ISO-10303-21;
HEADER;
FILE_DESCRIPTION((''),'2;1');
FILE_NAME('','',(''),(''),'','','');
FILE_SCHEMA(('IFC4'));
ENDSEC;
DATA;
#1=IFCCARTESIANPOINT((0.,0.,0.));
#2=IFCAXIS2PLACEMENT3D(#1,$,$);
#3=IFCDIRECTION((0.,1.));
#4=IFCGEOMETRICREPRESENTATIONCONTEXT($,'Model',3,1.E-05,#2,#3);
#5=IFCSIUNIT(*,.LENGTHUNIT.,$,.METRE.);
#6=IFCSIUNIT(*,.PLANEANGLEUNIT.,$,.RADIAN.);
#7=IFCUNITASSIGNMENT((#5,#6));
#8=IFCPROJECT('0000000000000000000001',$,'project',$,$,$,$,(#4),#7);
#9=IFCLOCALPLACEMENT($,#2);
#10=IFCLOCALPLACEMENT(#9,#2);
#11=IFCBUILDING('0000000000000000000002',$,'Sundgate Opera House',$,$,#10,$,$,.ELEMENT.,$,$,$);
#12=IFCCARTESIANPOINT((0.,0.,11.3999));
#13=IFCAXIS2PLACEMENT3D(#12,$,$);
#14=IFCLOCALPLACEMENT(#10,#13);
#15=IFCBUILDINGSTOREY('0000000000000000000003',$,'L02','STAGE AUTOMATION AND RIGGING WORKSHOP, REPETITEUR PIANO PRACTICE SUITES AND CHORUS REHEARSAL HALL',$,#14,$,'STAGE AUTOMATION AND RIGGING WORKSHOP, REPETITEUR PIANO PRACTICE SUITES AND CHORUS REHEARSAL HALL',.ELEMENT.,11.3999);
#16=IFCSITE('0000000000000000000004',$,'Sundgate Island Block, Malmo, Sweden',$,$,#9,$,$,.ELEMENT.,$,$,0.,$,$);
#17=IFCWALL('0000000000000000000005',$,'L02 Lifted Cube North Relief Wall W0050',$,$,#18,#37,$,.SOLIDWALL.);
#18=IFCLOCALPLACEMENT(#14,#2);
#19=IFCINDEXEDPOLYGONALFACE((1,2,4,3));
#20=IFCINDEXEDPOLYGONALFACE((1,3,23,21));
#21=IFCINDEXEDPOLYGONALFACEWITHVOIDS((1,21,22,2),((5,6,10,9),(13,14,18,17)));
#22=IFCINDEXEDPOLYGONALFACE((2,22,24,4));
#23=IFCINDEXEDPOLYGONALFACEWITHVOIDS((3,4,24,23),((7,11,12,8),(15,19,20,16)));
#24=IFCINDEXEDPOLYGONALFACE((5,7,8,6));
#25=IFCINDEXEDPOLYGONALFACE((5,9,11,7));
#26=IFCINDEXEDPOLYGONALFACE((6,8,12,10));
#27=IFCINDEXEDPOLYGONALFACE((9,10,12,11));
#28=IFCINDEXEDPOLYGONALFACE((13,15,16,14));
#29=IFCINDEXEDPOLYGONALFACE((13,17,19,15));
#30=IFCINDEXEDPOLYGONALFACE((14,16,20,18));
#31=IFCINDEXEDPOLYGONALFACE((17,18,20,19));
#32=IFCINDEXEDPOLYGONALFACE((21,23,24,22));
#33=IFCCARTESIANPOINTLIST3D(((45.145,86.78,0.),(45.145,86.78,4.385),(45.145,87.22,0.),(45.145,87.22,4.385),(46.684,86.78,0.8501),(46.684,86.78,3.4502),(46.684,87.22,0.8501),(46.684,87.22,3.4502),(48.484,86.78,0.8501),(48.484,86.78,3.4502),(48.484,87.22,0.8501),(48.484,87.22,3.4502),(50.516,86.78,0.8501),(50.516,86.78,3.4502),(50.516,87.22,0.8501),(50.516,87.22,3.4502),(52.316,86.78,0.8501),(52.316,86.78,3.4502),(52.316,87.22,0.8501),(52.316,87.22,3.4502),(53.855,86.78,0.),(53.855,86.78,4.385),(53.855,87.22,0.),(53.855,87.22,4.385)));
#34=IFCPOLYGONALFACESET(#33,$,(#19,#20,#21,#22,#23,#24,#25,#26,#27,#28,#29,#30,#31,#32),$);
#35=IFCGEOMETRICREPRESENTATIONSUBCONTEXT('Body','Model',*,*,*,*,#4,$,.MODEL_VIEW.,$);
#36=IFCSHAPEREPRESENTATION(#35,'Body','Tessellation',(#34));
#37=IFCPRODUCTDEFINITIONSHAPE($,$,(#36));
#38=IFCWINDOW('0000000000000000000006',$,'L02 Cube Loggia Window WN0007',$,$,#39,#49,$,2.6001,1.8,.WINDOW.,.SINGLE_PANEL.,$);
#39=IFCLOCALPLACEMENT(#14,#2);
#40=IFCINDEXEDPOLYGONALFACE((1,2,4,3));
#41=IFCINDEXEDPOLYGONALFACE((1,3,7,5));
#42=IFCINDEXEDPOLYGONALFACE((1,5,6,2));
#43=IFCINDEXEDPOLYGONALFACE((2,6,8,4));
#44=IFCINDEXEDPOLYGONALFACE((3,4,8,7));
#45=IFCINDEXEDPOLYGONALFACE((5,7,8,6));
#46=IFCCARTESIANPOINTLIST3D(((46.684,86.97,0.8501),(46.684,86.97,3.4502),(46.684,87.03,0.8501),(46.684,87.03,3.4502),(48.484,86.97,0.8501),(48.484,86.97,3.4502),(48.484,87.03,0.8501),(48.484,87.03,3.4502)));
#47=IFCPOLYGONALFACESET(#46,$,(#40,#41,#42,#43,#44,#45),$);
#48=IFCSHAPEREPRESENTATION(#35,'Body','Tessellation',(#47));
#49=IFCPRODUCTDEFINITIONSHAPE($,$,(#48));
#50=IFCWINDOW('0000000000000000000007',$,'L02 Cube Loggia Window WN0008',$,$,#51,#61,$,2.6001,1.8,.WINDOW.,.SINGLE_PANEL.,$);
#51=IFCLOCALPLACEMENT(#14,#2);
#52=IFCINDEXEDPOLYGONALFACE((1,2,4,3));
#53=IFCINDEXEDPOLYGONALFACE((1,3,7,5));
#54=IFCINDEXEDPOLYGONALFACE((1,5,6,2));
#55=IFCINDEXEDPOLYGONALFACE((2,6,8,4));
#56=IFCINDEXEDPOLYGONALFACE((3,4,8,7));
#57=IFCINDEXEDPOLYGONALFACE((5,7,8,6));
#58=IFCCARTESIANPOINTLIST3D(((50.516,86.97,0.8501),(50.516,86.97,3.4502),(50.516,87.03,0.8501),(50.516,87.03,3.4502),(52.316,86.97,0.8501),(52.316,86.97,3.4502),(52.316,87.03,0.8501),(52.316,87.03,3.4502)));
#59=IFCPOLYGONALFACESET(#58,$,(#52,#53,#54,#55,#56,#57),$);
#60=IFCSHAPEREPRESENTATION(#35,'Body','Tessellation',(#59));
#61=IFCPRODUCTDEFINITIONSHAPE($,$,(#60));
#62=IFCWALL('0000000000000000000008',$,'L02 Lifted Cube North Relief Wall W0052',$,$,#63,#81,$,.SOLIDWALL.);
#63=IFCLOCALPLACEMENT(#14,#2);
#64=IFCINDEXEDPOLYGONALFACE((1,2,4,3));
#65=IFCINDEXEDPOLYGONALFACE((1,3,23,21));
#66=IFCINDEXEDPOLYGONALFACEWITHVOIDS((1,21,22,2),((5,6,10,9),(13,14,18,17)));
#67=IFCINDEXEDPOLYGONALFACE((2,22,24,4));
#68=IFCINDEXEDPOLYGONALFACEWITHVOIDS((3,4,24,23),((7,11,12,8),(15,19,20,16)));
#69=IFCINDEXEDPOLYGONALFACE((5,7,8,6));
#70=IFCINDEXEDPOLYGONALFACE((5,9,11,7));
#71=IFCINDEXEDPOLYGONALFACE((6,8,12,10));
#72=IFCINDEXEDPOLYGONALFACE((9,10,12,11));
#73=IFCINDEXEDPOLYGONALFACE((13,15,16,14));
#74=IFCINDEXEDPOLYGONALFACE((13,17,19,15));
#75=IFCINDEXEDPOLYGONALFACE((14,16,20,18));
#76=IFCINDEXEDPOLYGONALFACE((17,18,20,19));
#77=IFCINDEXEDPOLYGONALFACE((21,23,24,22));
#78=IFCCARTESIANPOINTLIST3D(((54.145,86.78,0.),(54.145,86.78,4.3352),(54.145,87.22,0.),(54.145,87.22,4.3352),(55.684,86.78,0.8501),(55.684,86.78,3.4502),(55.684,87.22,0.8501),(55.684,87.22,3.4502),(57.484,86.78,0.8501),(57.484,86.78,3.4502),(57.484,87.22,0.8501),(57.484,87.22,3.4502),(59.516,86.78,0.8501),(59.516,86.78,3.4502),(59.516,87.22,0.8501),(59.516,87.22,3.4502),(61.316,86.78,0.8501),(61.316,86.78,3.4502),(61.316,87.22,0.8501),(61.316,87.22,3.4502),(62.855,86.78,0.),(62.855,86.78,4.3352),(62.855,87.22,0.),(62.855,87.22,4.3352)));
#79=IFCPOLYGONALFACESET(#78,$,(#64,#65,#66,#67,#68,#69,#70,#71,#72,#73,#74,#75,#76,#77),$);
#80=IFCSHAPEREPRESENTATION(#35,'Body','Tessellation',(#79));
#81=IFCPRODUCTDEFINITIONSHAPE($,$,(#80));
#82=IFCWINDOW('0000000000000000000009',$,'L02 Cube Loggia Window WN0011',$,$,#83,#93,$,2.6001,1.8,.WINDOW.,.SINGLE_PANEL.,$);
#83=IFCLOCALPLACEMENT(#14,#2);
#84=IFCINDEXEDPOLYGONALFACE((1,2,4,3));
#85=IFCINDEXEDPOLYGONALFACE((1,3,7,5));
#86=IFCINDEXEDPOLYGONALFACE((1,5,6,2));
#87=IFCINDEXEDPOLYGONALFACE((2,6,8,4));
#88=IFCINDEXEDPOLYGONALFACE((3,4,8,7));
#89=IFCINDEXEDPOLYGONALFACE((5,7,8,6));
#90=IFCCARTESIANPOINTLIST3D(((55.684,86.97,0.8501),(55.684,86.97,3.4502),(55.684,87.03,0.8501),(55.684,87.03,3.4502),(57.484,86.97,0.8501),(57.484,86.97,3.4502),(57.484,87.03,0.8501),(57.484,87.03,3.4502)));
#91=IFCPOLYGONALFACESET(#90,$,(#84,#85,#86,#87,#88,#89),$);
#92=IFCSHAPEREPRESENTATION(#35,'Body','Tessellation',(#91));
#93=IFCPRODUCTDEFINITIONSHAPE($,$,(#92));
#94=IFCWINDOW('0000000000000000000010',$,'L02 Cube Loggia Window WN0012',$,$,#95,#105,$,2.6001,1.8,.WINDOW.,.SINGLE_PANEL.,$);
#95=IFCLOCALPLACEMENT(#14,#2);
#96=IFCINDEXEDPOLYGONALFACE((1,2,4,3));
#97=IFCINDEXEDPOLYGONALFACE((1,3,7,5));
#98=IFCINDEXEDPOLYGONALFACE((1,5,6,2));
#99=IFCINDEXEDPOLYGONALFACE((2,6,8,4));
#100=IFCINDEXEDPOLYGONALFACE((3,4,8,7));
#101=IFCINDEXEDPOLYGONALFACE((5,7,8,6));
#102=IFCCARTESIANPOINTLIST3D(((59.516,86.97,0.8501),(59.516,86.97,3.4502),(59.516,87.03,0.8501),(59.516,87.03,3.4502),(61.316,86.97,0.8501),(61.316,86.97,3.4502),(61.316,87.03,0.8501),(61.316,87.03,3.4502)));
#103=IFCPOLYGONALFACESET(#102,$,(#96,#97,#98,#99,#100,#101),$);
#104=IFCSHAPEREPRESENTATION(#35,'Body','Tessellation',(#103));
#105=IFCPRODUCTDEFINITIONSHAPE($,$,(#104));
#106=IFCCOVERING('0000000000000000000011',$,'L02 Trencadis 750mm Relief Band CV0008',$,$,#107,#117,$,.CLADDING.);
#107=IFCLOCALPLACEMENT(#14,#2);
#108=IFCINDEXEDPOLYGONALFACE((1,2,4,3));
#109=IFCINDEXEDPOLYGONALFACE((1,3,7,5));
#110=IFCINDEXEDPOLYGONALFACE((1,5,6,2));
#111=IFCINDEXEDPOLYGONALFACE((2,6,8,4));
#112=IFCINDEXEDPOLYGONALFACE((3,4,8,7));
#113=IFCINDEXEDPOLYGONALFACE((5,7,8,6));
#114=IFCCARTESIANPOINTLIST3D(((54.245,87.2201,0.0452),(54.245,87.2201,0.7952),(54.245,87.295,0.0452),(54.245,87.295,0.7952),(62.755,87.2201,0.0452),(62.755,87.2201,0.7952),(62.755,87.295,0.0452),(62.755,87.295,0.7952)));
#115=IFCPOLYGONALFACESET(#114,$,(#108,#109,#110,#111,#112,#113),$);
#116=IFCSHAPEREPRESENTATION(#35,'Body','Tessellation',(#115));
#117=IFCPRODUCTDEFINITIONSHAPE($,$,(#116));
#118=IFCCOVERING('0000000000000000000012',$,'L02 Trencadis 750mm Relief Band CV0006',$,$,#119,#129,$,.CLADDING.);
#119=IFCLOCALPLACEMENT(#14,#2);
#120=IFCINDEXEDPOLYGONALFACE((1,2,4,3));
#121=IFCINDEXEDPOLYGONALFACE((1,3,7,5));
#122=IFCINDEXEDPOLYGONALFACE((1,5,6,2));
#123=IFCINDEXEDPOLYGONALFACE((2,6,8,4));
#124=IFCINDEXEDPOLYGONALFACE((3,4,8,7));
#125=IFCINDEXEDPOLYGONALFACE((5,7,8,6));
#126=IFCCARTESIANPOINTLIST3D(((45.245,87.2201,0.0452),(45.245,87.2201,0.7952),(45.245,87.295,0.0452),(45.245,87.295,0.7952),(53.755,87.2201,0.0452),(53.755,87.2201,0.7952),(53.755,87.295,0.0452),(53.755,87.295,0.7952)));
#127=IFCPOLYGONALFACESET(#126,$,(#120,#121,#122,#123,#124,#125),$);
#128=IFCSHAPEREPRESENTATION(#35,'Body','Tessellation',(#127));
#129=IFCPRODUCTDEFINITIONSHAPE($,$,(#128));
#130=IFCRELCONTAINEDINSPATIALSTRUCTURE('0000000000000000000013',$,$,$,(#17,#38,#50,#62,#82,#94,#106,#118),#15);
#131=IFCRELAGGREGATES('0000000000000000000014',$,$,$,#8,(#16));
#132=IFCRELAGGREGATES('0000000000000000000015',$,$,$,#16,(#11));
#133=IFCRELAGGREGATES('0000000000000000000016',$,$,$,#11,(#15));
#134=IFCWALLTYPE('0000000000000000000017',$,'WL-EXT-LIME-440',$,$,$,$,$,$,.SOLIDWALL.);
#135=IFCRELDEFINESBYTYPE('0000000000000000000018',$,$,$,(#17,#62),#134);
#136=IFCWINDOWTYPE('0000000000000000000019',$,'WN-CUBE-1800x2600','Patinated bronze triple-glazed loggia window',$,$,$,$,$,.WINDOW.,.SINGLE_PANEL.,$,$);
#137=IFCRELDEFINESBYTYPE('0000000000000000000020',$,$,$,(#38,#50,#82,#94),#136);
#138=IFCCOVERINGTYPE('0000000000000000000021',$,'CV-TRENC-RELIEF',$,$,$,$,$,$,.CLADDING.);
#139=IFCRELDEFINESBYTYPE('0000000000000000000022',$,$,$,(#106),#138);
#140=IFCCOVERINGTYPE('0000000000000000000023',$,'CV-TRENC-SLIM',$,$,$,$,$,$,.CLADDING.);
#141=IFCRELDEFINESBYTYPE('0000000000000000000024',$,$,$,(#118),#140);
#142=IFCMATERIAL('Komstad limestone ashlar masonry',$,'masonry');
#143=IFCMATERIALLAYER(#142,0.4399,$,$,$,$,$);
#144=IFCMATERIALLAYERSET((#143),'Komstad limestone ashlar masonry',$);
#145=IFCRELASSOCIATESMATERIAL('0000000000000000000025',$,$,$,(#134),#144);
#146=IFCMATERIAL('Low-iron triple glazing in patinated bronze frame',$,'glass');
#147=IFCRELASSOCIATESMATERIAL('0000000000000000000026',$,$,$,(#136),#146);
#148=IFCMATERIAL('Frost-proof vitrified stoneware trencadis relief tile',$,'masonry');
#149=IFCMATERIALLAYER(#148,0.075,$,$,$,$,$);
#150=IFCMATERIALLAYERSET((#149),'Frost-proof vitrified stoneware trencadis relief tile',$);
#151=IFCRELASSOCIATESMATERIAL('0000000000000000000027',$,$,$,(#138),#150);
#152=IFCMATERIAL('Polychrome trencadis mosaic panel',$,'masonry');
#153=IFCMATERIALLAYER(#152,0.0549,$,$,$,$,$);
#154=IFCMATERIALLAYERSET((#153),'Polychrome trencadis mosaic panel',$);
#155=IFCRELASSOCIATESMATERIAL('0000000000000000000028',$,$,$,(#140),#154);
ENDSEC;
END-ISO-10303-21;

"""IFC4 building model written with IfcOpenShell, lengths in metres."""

from ifc_helpers import new_model, si_unit, direction, frame, frame_2d, origin, origin_2d, place, context, subcontext, project, spatial, rectangle, extrude, material, layer, layer_set, type_object, element, fill, save


model = new_model("IFC4")

# Units and contexts
model_context = context("Model", 3, precision=1e-05, world=origin(), true_north=direction((0.0, 1.0)))
body_context = subcontext(model_context, "Body", "Model", "MODEL_VIEW")
ifc_project = project(units=[si_unit("LENGTHUNIT", "METRE"), si_unit("PLANEANGLEUNIT", "RADIAN")], contexts=[model_context])

# Site, building, storey
site_placement = place(None, origin())
site = spatial("IfcSite", under=ifc_project, at=site_placement, Name="Sundgate Island Block, Malmo, Sweden", CompositionType="ELEMENT", RefElevation=0.0)
building_placement = place(site_placement, origin())
building = spatial("IfcBuilding", under=site, at=building_placement, Name="Sundgate Opera House", CompositionType="ELEMENT")
storey_placement = place(building_placement, frame((0.0, 0.0, 11.3999)))
storey = spatial("IfcBuildingStorey", under=building, at=storey_placement, Name="L02", Description="STAGE AUTOMATION AND RIGGING WORKSHOP, REPETITEUR PIANO PRACTICE SUITES AND CHORUS REHEARSAL HALL", LongName="STAGE AUTOMATION AND RIGGING WORKSHOP, REPETITEUR PIANO PRACTICE SUITES AND CHORUS REHEARSAL HALL", CompositionType="ELEMENT", Elevation=11.3999)

# Walls, openings, windows
ifc_material_1 = material(Name="Komstad limestone ashlar masonry", Category="masonry")
ifc_layer_1 = layer(ifc_material_1, 0.4399)
ifc_layer_set_1 = layer_set([ifc_layer_1], Name="Komstad limestone ashlar masonry")
wall_type = type_object("IfcWallType", Name="WL-EXT-LIME-440", PredefinedType="SOLIDWALL", material=ifc_layer_set_1)
wall_1_placement = place(storey_placement, frame((45.145, 87.0, 0.0), z_axis=(0.0, 0.0, 1.0), x_axis=(1.0, 0.0, 0.0)))
wall_1 = element("IfcWall", 1, at=wall_1_placement, inside=storey, type_object=wall_type, Name="L02 Lifted Cube North Relief Wall W0050", PredefinedType="SOLIDWALL", context=body_context, shape_type="SweptSolid", body=[
    extrude(rectangle(XDim=8.71, YDim=0.4399, at=frame_2d((4.355, 0.0))), origin(), (0.0, 0.0, 1.0), 4.385),
])
opening_1_placement = place(wall_1_placement, frame((1.5391, 0.0, 0.8501)))
opening_1 = element("IfcOpeningElement", 2, at=opening_1_placement, cuts=wall_1, PredefinedType="OPENING", context=body_context, shape_type="SweptSolid", body=[
    extrude(rectangle(XDim=1.8, YDim=2.6001, at=frame_2d((0.8999, 1.3))), frame((0.0, 0.23, 0.0), z_axis=(0.0, -1.0, 0.0), x_axis=(1.0, 0.0, 0.0)), (0.0, 0.0, 1.0), 0.46),
])
opening_2_placement = place(wall_1_placement, frame((5.3711, 0.0, 0.8501)))
opening_2 = element("IfcOpeningElement", 3, at=opening_2_placement, cuts=wall_1, PredefinedType="OPENING", context=body_context, shape_type="SweptSolid", body=[
    extrude(rectangle(XDim=1.8, YDim=2.6001, at=frame_2d((0.8999, 1.3))), frame((0.0, 0.23, 0.0), z_axis=(0.0, -1.0, 0.0), x_axis=(1.0, 0.0, 0.0)), (0.0, 0.0, 1.0), 0.46),
])
ifc_material_2 = material(Name="Low-iron triple glazing in patinated bronze frame", Category="glass")
window_type = type_object("IfcWindowType", Name="WN-CUBE-1800x2600", Description="Patinated bronze triple-glazed loggia window", PartitioningType="SINGLE_PANEL", PredefinedType="WINDOW", material=ifc_material_2)
window_1_placement = place(opening_1_placement, origin())
window_1 = element("IfcWindow", 4, at=window_1_placement, inside=storey, type_object=window_type, Name="L02 Cube Loggia Window WN0007", OverallHeight=2.6001, OverallWidth=1.8, PartitioningType="SINGLE_PANEL", PredefinedType="WINDOW", context=body_context, shape_type="SweptSolid", body=[
    extrude(rectangle(XDim=1.8, YDim=2.6001, at=frame_2d((0.8999, 1.3))), frame((0.0, 0.03, 0.0), z_axis=(0.0, -1.0, 0.0), x_axis=(1.0, 0.0, 0.0)), (0.0, 0.0, 1.0), 0.0601),
])
fill(opening_1, window_1)
window_2_placement = place(opening_2_placement, origin())
window_2 = element("IfcWindow", 5, at=window_2_placement, inside=storey, type_object=window_type, Name="L02 Cube Loggia Window WN0008", OverallHeight=2.6001, OverallWidth=1.8, PartitioningType="SINGLE_PANEL", PredefinedType="WINDOW", context=body_context, shape_type="SweptSolid", body=[
    extrude(rectangle(XDim=1.8, YDim=2.6001, at=frame_2d((0.8999, 1.3))), frame((0.0, 0.03, 0.0), z_axis=(0.0, -1.0, 0.0), x_axis=(1.0, 0.0, 0.0)), (0.0, 0.0, 1.0), 0.0601),
])
fill(opening_2, window_2)
wall_2_placement = place(storey_placement, frame((54.145, 87.0, 0.0), z_axis=(0.0, 0.0, 1.0), x_axis=(1.0, 0.0, 0.0)))
wall_2 = element("IfcWall", 6, at=wall_2_placement, inside=storey, type_object=wall_type, Name="L02 Lifted Cube North Relief Wall W0052", PredefinedType="SOLIDWALL", context=body_context, shape_type="SweptSolid", body=[
    extrude(rectangle(XDim=8.71, YDim=0.4399, at=frame_2d((4.355, 0.0))), origin(), (0.0, 0.0, 1.0), 4.3352),
])
opening_3_placement = place(wall_2_placement, frame((1.5391, 0.0, 0.8501)))
opening_3 = element("IfcOpeningElement", 7, at=opening_3_placement, cuts=wall_2, PredefinedType="OPENING", context=body_context, shape_type="SweptSolid", body=[
    extrude(rectangle(XDim=1.8, YDim=2.6001, at=frame_2d((0.8999, 1.3))), frame((0.0, 0.23, 0.0), z_axis=(0.0, -1.0, 0.0), x_axis=(1.0, 0.0, 0.0)), (0.0, 0.0, 1.0), 0.46),
])
opening_4_placement = place(wall_2_placement, frame((5.3711, 0.0, 0.8501)))
opening_4 = element("IfcOpeningElement", 8, at=opening_4_placement, cuts=wall_2, PredefinedType="OPENING", context=body_context, shape_type="SweptSolid", body=[
    extrude(rectangle(XDim=1.8, YDim=2.6001, at=frame_2d((0.8999, 1.3))), frame((0.0, 0.23, 0.0), z_axis=(0.0, -1.0, 0.0), x_axis=(1.0, 0.0, 0.0)), (0.0, 0.0, 1.0), 0.46),
])
window_3_placement = place(opening_3_placement, origin())
window_3 = element("IfcWindow", 9, at=window_3_placement, inside=storey, type_object=window_type, Name="L02 Cube Loggia Window WN0011", OverallHeight=2.6001, OverallWidth=1.8, PartitioningType="SINGLE_PANEL", PredefinedType="WINDOW", context=body_context, shape_type="SweptSolid", body=[
    extrude(rectangle(XDim=1.8, YDim=2.6001, at=frame_2d((0.8999, 1.3))), frame((0.0, 0.03, 0.0), z_axis=(0.0, -1.0, 0.0), x_axis=(1.0, 0.0, 0.0)), (0.0, 0.0, 1.0), 0.0601),
])
fill(opening_3, window_3)
window_4_placement = place(opening_4_placement, origin())
window_4 = element("IfcWindow", 10, at=window_4_placement, inside=storey, type_object=window_type, Name="L02 Cube Loggia Window WN0012", OverallHeight=2.6001, OverallWidth=1.8, PartitioningType="SINGLE_PANEL", PredefinedType="WINDOW", context=body_context, shape_type="SweptSolid", body=[
    extrude(rectangle(XDim=1.8, YDim=2.6001, at=frame_2d((0.8999, 1.3))), frame((0.0, 0.03, 0.0), z_axis=(0.0, -1.0, 0.0), x_axis=(1.0, 0.0, 0.0)), (0.0, 0.0, 1.0), 0.0601),
])
fill(opening_4, window_4)

# Coverings
ifc_material_3 = material(Name="Frost-proof vitrified stoneware trencadis relief tile", Category="masonry")
ifc_layer_2 = layer(ifc_material_3, 0.075)
ifc_layer_set_2 = layer_set([ifc_layer_2], Name="Frost-proof vitrified stoneware trencadis relief tile")
covering_type_1 = type_object("IfcCoveringType", Name="CV-TRENC-RELIEF", PredefinedType="CLADDING", material=ifc_layer_set_2)
covering_1_placement = place(storey_placement, frame((58.5, 87.2576, 0.0452), z_axis=(0.0, 0.0, 1.0), x_axis=(1.0, 0.0, 0.0)))
element("IfcCovering", 11, at=covering_1_placement, inside=storey, type_object=covering_type_1, Name="L02 Trencadis 750mm Relief Band CV0008", PredefinedType="CLADDING", context=body_context, shape_type="SweptSolid", body=[
    extrude(rectangle(XDim=8.51, YDim=0.075, at=origin_2d()), origin(), (0.0, 0.0, 1.0), 0.75),
])
ifc_material_4 = material(Name="Polychrome trencadis mosaic panel", Category="masonry")
ifc_layer_3 = layer(ifc_material_4, 0.0549)
ifc_layer_set_3 = layer_set([ifc_layer_3], Name="Polychrome trencadis mosaic panel")
covering_type_2 = type_object("IfcCoveringType", Name="CV-TRENC-SLIM", PredefinedType="CLADDING", material=ifc_layer_set_3)
covering_2_placement = place(storey_placement, frame((49.5, 87.2576, 0.0452), z_axis=(0.0, 0.0, 1.0), x_axis=(1.0, 0.0, 0.0)))
element("IfcCovering", 12, at=covering_2_placement, inside=storey, type_object=covering_type_2, Name="L02 Trencadis 750mm Relief Band CV0006", PredefinedType="CLADDING", context=body_context, shape_type="SweptSolid", body=[
    extrude(rectangle(XDim=8.51, YDim=0.075, at=origin_2d()), origin(), (0.0, 0.0, 1.0), 0.75),
])

save(model, "model.ifc")
